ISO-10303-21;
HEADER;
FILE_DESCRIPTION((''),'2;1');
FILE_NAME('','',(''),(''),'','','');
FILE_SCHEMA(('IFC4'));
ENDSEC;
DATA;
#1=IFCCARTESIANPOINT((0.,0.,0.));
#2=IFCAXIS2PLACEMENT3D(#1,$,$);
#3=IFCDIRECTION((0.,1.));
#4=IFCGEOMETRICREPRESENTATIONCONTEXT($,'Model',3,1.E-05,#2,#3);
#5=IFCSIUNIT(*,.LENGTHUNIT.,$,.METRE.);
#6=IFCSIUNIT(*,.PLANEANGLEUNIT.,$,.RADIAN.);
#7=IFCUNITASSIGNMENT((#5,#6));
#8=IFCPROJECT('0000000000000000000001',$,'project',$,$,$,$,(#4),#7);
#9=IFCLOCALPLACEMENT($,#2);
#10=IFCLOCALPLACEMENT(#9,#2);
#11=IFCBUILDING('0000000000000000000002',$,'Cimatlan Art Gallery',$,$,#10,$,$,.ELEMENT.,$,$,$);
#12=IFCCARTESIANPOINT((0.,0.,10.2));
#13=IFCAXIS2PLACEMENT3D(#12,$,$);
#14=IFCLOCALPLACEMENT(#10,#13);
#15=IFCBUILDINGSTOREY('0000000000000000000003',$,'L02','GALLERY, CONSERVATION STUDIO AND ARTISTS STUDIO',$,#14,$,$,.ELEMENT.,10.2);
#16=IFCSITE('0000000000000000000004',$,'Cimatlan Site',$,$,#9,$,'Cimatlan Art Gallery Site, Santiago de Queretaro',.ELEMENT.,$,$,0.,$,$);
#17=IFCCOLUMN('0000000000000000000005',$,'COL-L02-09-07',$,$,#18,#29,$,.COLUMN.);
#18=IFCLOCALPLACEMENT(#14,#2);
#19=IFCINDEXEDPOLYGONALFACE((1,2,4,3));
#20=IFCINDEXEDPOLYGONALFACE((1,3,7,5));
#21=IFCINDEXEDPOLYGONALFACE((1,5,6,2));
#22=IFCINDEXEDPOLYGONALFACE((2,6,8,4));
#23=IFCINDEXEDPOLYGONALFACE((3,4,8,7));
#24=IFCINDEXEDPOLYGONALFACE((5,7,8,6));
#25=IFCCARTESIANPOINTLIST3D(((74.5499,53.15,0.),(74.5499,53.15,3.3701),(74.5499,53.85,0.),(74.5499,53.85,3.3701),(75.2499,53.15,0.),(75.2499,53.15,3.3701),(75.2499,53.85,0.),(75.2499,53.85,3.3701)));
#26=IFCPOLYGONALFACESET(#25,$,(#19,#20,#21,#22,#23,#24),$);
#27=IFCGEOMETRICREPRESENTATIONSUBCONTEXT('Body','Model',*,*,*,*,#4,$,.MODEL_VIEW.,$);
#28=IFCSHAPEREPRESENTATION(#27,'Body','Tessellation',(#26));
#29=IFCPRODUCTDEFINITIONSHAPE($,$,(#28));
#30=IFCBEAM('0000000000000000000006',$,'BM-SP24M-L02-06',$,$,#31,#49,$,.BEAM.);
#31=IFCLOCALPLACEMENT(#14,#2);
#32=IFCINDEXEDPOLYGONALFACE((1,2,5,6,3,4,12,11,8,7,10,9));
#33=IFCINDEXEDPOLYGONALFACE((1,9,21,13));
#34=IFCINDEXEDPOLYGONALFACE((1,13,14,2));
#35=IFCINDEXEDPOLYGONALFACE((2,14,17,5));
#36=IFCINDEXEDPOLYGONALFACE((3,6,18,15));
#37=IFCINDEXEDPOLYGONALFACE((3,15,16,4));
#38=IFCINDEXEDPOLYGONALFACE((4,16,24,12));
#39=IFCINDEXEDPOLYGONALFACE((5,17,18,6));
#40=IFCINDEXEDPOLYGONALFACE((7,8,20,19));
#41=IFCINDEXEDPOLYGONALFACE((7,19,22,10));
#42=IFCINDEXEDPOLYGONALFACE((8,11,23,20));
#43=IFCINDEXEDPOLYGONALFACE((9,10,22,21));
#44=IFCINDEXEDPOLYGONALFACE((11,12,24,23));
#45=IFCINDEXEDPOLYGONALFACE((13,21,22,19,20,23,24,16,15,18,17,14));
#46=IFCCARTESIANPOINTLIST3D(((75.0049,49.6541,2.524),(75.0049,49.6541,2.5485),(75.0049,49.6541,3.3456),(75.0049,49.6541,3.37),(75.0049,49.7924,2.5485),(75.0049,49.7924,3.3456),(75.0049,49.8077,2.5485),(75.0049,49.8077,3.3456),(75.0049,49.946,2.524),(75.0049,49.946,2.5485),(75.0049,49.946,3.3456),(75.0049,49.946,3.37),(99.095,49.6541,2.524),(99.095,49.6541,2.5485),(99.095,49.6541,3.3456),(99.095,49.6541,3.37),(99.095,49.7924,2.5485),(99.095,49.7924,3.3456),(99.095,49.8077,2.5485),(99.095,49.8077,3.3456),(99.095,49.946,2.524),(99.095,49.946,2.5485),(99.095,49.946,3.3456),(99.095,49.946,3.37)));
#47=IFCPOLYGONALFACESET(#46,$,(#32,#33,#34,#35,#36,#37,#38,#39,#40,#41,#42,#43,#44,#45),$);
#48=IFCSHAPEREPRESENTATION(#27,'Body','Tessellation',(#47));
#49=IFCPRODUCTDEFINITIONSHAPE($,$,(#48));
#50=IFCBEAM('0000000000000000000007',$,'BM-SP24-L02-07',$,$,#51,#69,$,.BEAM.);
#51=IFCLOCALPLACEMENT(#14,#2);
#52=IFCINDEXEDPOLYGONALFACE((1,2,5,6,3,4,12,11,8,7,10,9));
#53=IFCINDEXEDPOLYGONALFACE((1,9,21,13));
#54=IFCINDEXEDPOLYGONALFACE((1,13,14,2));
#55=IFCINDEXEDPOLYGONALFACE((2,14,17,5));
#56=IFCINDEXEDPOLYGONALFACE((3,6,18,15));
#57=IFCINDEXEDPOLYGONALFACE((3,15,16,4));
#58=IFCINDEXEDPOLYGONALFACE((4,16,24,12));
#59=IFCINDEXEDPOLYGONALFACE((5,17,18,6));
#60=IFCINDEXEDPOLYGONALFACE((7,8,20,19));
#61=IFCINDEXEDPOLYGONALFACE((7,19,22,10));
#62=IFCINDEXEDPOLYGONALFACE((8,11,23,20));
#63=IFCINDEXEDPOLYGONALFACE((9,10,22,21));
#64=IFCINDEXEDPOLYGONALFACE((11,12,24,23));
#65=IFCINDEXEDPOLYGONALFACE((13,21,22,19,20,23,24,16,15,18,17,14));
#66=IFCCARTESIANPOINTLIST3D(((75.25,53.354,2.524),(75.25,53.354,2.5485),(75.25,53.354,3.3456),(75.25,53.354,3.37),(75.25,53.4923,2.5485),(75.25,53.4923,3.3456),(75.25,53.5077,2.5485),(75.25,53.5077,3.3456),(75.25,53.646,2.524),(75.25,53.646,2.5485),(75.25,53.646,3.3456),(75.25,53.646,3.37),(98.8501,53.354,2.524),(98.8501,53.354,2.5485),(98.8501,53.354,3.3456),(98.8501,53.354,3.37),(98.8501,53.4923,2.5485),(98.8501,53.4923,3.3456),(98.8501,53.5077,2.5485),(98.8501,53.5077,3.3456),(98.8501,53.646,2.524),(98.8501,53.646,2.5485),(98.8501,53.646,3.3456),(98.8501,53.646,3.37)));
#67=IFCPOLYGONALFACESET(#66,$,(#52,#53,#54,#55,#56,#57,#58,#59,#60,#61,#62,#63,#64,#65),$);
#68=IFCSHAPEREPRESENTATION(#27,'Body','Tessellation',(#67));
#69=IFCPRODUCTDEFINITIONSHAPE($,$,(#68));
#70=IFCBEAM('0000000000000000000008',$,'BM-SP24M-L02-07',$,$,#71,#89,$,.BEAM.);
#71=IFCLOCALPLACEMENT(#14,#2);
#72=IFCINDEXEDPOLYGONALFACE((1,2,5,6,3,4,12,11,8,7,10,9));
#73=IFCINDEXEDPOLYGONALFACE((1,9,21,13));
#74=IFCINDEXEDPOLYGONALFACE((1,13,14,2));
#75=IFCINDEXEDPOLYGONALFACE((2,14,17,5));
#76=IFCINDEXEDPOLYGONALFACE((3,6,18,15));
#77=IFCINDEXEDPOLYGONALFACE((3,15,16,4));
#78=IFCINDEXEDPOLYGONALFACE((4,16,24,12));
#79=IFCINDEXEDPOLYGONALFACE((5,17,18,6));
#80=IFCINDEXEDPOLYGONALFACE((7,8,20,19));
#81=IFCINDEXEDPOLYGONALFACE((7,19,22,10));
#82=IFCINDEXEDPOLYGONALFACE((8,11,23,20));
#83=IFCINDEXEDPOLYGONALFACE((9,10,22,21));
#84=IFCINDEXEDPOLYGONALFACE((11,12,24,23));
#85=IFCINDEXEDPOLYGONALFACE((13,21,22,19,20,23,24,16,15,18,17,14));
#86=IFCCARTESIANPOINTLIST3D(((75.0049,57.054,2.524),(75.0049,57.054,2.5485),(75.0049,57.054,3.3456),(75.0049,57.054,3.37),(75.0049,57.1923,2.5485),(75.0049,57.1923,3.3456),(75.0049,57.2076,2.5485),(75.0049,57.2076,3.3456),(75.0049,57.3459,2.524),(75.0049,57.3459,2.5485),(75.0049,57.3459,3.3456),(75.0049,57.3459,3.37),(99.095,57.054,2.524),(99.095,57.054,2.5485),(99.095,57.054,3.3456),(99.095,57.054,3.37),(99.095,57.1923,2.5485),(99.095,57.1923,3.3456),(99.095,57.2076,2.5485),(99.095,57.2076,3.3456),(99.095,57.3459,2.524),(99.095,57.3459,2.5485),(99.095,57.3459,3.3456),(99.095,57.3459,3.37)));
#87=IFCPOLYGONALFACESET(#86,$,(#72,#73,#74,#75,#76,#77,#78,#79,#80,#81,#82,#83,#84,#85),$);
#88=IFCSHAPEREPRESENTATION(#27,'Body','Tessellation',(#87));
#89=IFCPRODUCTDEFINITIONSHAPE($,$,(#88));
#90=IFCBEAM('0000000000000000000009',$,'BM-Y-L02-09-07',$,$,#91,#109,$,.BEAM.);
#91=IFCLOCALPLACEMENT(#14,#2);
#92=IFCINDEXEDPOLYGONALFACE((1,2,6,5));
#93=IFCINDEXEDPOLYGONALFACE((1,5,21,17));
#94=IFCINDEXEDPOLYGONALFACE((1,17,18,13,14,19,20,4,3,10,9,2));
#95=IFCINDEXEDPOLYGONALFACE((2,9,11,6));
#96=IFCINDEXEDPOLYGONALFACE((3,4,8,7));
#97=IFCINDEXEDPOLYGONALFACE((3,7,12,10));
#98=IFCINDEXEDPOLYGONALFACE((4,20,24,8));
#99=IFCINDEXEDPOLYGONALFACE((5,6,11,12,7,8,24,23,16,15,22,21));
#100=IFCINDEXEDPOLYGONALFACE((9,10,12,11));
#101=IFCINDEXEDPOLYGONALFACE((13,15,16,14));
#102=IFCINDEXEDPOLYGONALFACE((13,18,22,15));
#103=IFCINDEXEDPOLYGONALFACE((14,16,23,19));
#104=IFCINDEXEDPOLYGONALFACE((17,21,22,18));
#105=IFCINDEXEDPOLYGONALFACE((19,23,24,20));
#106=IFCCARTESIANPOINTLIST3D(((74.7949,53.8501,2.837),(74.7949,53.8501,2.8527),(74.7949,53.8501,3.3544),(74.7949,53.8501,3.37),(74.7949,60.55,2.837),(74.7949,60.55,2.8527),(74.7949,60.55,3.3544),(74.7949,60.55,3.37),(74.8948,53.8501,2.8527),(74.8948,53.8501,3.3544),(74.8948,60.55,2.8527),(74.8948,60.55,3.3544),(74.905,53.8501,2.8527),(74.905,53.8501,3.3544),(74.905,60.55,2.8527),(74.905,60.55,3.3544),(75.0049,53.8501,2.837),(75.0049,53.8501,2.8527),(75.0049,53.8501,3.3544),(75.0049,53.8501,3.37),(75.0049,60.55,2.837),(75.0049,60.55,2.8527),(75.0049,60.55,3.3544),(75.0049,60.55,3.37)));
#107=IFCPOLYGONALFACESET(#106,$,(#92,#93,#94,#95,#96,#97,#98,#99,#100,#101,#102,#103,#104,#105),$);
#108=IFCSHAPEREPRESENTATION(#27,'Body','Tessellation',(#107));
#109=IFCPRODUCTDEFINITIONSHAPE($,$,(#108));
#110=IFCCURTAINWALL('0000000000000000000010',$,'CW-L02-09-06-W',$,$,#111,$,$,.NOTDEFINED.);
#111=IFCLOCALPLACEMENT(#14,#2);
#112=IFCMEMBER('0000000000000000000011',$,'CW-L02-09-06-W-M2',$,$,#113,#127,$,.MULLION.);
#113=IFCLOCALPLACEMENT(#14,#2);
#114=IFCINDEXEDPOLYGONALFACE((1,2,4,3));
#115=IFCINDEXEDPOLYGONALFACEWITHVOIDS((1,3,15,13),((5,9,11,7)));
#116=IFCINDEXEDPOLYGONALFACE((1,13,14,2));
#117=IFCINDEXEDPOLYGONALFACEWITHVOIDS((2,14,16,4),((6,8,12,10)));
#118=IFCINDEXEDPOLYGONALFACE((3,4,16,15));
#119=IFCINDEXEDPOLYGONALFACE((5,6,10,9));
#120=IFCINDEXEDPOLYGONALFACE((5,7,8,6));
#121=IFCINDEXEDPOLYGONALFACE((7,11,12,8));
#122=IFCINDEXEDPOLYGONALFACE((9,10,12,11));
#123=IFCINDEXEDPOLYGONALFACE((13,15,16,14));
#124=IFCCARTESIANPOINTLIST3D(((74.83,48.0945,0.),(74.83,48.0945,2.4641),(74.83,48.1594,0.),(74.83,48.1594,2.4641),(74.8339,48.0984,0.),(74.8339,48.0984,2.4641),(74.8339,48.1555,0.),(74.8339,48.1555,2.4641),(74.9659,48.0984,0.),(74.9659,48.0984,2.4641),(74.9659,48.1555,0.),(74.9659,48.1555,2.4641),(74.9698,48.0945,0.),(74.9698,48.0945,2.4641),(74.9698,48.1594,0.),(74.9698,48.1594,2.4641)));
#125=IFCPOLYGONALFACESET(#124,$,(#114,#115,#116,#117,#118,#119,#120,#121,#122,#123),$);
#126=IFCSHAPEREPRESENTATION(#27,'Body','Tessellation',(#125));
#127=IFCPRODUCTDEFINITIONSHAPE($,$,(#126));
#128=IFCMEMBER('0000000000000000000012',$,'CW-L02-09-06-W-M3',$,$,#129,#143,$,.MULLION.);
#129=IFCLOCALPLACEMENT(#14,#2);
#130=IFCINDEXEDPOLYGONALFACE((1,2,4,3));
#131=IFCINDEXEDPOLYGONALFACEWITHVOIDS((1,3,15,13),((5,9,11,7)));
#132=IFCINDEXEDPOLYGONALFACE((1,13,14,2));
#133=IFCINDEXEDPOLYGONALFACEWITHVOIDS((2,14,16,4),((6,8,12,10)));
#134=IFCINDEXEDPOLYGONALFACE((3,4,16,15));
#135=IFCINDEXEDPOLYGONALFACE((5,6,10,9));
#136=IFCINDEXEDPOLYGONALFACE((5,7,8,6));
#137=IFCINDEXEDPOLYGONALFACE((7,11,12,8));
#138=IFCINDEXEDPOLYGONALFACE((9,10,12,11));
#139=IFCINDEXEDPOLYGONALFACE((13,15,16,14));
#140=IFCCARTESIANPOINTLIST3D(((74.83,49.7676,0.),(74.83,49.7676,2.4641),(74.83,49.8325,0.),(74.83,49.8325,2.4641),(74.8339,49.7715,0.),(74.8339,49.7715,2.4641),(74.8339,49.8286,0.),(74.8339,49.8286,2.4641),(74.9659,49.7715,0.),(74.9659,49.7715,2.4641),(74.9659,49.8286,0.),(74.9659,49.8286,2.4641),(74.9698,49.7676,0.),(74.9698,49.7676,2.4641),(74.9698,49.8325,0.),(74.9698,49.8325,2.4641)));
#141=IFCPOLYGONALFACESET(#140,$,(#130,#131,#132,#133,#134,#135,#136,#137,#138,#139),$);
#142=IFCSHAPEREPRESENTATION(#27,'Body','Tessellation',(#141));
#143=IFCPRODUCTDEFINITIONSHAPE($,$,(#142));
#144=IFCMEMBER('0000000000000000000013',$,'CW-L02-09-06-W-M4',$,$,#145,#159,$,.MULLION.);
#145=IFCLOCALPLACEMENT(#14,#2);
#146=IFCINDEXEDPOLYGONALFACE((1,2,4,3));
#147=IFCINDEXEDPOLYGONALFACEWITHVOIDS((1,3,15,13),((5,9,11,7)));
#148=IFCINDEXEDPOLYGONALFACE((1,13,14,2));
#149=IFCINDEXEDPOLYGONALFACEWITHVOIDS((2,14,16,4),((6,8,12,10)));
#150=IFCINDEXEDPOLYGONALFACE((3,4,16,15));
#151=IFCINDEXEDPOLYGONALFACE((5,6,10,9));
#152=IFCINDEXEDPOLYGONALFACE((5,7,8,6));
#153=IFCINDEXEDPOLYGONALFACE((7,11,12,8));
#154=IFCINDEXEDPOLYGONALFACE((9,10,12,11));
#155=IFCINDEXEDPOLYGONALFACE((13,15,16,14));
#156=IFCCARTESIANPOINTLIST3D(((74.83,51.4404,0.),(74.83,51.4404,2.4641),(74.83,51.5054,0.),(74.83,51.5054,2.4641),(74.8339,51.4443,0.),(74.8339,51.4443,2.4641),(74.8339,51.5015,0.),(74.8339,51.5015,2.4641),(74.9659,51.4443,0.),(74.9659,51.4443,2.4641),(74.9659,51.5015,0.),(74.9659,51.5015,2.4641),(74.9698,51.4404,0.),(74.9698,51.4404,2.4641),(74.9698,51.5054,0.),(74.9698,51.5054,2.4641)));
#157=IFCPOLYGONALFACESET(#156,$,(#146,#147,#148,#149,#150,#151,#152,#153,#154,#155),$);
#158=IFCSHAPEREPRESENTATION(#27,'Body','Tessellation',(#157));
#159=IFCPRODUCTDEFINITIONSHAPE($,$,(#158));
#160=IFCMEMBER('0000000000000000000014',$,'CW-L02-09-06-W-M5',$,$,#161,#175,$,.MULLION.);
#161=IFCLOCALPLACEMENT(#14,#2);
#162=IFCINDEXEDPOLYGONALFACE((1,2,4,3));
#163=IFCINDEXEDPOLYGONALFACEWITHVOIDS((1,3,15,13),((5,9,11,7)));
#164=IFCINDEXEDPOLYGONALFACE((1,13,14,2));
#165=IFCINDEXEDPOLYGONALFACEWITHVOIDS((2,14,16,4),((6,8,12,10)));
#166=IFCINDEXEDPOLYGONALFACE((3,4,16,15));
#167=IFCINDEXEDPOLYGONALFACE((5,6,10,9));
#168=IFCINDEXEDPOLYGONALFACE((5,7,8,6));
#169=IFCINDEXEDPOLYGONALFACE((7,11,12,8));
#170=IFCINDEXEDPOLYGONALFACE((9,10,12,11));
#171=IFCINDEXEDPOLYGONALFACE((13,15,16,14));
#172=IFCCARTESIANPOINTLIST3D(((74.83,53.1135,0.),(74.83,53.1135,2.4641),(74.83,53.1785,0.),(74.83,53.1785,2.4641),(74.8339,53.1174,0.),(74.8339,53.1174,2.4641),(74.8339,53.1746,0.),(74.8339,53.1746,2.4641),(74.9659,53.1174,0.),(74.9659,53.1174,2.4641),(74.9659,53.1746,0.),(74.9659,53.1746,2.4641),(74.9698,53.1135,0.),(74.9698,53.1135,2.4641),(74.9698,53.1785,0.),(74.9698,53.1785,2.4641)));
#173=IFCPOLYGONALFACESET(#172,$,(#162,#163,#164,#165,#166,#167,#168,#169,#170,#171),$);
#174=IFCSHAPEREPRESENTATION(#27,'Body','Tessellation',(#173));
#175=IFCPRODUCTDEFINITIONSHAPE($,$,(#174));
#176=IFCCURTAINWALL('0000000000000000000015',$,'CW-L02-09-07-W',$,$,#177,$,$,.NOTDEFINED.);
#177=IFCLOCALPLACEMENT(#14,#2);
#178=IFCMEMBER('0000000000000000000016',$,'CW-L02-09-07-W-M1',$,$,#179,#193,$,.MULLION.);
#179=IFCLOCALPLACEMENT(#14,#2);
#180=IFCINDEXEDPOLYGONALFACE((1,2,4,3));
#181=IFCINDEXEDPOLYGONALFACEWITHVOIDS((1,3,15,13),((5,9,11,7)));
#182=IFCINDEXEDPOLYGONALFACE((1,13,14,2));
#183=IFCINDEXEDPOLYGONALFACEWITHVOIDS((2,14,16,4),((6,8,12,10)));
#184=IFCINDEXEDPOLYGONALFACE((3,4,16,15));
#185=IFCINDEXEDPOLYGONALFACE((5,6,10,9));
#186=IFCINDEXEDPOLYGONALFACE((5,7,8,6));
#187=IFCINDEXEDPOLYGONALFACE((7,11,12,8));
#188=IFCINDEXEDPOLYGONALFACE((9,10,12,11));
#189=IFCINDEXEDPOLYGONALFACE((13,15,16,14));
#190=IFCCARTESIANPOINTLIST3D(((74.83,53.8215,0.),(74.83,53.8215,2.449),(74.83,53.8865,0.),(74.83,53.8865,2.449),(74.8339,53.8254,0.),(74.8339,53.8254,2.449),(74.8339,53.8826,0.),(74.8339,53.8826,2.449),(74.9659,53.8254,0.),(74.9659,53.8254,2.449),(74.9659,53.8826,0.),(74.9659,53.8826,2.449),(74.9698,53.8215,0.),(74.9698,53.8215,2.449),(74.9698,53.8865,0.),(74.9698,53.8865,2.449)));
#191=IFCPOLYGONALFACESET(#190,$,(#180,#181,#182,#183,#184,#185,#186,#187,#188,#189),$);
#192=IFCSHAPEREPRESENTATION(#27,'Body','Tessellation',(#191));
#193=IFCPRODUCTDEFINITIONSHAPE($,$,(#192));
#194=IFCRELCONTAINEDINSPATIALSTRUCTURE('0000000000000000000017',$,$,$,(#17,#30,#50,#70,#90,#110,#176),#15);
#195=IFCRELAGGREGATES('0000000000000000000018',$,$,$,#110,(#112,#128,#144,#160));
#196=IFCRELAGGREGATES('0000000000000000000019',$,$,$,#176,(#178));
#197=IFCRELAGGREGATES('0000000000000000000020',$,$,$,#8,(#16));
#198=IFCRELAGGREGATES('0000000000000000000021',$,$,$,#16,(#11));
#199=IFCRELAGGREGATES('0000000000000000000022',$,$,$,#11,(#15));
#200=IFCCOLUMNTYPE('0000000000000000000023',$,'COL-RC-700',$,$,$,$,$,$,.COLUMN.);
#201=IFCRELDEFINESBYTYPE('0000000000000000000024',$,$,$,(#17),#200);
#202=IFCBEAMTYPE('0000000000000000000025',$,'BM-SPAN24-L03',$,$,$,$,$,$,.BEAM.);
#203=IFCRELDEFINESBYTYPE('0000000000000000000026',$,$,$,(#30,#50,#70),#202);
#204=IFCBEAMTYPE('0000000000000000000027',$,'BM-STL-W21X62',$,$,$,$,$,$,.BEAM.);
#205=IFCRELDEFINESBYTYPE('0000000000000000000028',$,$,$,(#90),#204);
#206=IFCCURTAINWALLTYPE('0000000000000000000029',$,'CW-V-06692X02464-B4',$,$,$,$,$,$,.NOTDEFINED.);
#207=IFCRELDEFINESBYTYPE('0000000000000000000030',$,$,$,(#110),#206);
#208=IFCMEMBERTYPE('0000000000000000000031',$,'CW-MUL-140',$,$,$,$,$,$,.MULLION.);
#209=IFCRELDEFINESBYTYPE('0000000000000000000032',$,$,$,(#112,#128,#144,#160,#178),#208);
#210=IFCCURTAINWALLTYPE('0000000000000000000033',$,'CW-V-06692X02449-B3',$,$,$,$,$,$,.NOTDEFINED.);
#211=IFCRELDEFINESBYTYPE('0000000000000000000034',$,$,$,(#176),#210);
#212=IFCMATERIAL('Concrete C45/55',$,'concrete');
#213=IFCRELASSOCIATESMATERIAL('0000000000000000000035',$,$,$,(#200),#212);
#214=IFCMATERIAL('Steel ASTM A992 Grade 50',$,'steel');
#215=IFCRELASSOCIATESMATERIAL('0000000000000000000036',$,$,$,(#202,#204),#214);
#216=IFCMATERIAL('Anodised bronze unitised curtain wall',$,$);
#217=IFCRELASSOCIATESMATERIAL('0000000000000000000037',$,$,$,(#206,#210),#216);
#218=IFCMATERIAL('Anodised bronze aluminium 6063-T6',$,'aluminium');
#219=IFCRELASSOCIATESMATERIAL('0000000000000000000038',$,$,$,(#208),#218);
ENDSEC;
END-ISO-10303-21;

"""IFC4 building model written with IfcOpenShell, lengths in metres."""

from ifc_helpers import new_model, si_unit, direction, frame, origin, origin_2d, place, context, subcontext, project, spatial, rectangle, hollow_rectangle, i_section, extrude, material, material_profile, profile_set, type_object, element, aggregate, save


model = new_model("IFC4")

# Units and contexts
model_context = context("Model", 3, precision=1e-05, world=origin(), true_north=direction((0.0, 1.0)))
body_context = subcontext(model_context, "Body", "Model", "MODEL_VIEW")
ifc_project = project(units=[si_unit("LENGTHUNIT", "METRE"), si_unit("PLANEANGLEUNIT", "RADIAN")], contexts=[model_context])

# Site, building, storey
site_placement = place(None, origin())
site = spatial("IfcSite", under=ifc_project, at=site_placement, Name="Cimatlan Site", LongName="Cimatlan Art Gallery Site, Santiago de Queretaro", CompositionType="ELEMENT", RefElevation=0.0)
building_placement = place(site_placement, origin())
building = spatial("IfcBuilding", under=site, at=building_placement, Name="Cimatlan Art Gallery", CompositionType="ELEMENT")
storey_placement = place(building_placement, frame((0.0, 0.0, 10.2)))
storey = spatial("IfcBuildingStorey", under=building, at=storey_placement, Name="L02", Description="GALLERY, CONSERVATION STUDIO AND ARTISTS STUDIO", CompositionType="ELEMENT", Elevation=10.2)

# Column
ifc_material_1 = material(Name="Concrete C45/55", Category="concrete")
ifc_material_profile_1 = material_profile(ifc_material_1, rectangle(XDim=0.7, YDim=0.7, at=origin_2d()), Name="RC700X700")
ifc_profile_set_1 = profile_set([ifc_material_profile_1], Name="Concrete C45/55")
column_type = type_object("IfcColumnType", Name="COL-RC-700", PredefinedType="COLUMN", material=ifc_profile_set_1)
column_placement = place(storey_placement, frame((74.8999, 53.5, 0.0), z_axis=(0.0, 0.0, 1.0), x_axis=(1.0, 0.0, 0.0)))
element("IfcColumn", 1, at=column_placement, inside=storey, type_object=column_type, Name="COL-L02-09-07", PredefinedType="COLUMN", context=body_context, shape_type="SweptSolid", body=[
    extrude(rectangle(XDim=0.7, YDim=0.7, at=origin_2d()), origin(), (0.0, 0.0, 1.0), 3.3701),
])

# Beams
ifc_material_2 = material(Name="Steel ASTM A992 Grade 50", Category="steel")
ifc_material_profile_2 = material_profile(ifc_material_2, i_section(OverallWidth=0.292, OverallDepth=0.8459, WebThickness=0.0154, FlangeThickness=0.0244, at=origin_2d()), Name="W33X141")
ifc_profile_set_2 = profile_set([ifc_material_profile_2], Name="Steel ASTM A992 Grade 50")
beam_type_1 = type_object("IfcBeamType", Name="BM-SPAN24-L03", PredefinedType="BEAM", material=ifc_profile_set_2)
beam_1_placement = place(storey_placement, frame((75.0049, 49.8, 2.947), z_axis=(1.0, 0.0, 0.0), x_axis=(0.0, 1.0, 0.0)))
element("IfcBeam", 2, at=beam_1_placement, inside=storey, type_object=beam_type_1, Name="BM-SP24M-L02-06", PredefinedType="BEAM", context=body_context, shape_type="SweptSolid", body=[
    extrude(i_section(OverallWidth=0.292, OverallDepth=0.8459, WebThickness=0.0154, FlangeThickness=0.0244, at=origin_2d()), origin(), (0.0, 0.0, 1.0), 24.0901),
])
beam_2_placement = place(storey_placement, frame((75.25, 53.5, 2.947), z_axis=(1.0, 0.0, 0.0), x_axis=(0.0, 1.0, 0.0)))
element("IfcBeam", 3, at=beam_2_placement, inside=storey, type_object=beam_type_1, Name="BM-SP24-L02-07", PredefinedType="BEAM", context=body_context, shape_type="SweptSolid", body=[
    extrude(i_section(OverallWidth=0.292, OverallDepth=0.8459, WebThickness=0.0154, FlangeThickness=0.0244, at=origin_2d()), origin(), (0.0, 0.0, 1.0), 23.6001),
])
beam_3_placement = place(storey_placement, frame((75.0049, 57.2, 2.947), z_axis=(1.0, 0.0, 0.0), x_axis=(0.0, 1.0, 0.0)))
element("IfcBeam", 4, at=beam_3_placement, inside=storey, type_object=beam_type_1, Name="BM-SP24M-L02-07", PredefinedType="BEAM", context=body_context, shape_type="SweptSolid", body=[
    extrude(i_section(OverallWidth=0.292, OverallDepth=0.8459, WebThickness=0.0154, FlangeThickness=0.0244, at=origin_2d()), origin(), (0.0, 0.0, 1.0), 24.0901),
])
ifc_material_profile_3 = material_profile(ifc_material_2, i_section(OverallWidth=0.21, OverallDepth=0.533, WebThickness=0.0103, FlangeThickness=0.0156, at=origin_2d()), Name="W21X62")
ifc_profile_set_3 = profile_set([ifc_material_profile_3], Name="Steel ASTM A992 Grade 50")
beam_type_2 = type_object("IfcBeamType", Name="BM-STL-W21X62", PredefinedType="BEAM", material=ifc_profile_set_3)
beam_4_placement = place(storey_placement, frame((74.8999, 53.8501, 3.1035), z_axis=(0.0, 1.0, 0.0), x_axis=(-1.0, 0.0, 0.0)))
element("IfcBeam", 5, at=beam_4_placement, inside=storey, type_object=beam_type_2, Name="BM-Y-L02-09-07", PredefinedType="BEAM", context=body_context, shape_type="SweptSolid", body=[
    extrude(i_section(OverallWidth=0.21, OverallDepth=0.533, WebThickness=0.0103, FlangeThickness=0.0156, at=origin_2d()), origin(), (0.0, 0.0, 1.0), 6.7),
])

# Curtain walls, members
ifc_material_3 = material(Name="Anodised bronze unitised curtain wall")
curtain_wall_type_1 = type_object("IfcCurtainWallType", Name="CW-V-06692X02464-B4", PredefinedType="NOTDEFINED", material=ifc_material_3)
curtain_wall_1_placement = place(storey_placement, origin())
curtain_wall_1 = element("IfcCurtainWall", 6, at=curtain_wall_1_placement, inside=storey, type_object=curtain_wall_type_1, Name="CW-L02-09-06-W", PredefinedType="NOTDEFINED")
ifc_material_4 = material(Name="Anodised bronze aluminium 6063-T6", Category="aluminium")
ifc_material_profile_4 = material_profile(ifc_material_4, hollow_rectangle(XDim=0.0649, YDim=0.1399, WallThickness=0.0039, at=origin_2d()), Name="ALU65X140X4")
ifc_profile_set_4 = profile_set([ifc_material_profile_4], Name="Anodised bronze aluminium 6063-T6")
member_type_1 = type_object("IfcMemberType", Name="CW-MUL-140", PredefinedType="MULLION", material=ifc_profile_set_4)
member_1_placement = place(storey_placement, frame((74.8999, 48.127, 0.0), z_axis=(0.0, 0.0, 1.0), x_axis=(0.0, 1.0, 0.0)))
member_1 = element("IfcMember", 7, at=member_1_placement, type_object=member_type_1, Name="CW-L02-09-06-W-M2", PredefinedType="MULLION", context=body_context, shape_type="SweptSolid", body=[
    extrude(hollow_rectangle(XDim=0.0649, YDim=0.1399, WallThickness=0.0039, at=origin_2d()), origin(), (0.0, 0.0, 1.0), 2.4641),
])
member_2_placement = place(storey_placement, frame((74.8999, 49.8, 0.0), z_axis=(0.0, 0.0, 1.0), x_axis=(0.0, 1.0, 0.0)))
member_2 = element("IfcMember", 8, at=member_2_placement, type_object=member_type_1, Name="CW-L02-09-06-W-M3", PredefinedType="MULLION", context=body_context, shape_type="SweptSolid", body=[
    extrude(hollow_rectangle(XDim=0.0649, YDim=0.1399, WallThickness=0.0039, at=origin_2d()), origin(), (0.0, 0.0, 1.0), 2.4641),
])
member_3_placement = place(storey_placement, frame((74.8999, 51.4729, 0.0), z_axis=(0.0, 0.0, 1.0), x_axis=(0.0, 1.0, 0.0)))
member_3 = element("IfcMember", 9, at=member_3_placement, type_object=member_type_1, Name="CW-L02-09-06-W-M4", PredefinedType="MULLION", context=body_context, shape_type="SweptSolid", body=[
    extrude(hollow_rectangle(XDim=0.0649, YDim=0.1399, WallThickness=0.0039, at=origin_2d()), origin(), (0.0, 0.0, 1.0), 2.4641),
])
member_4_placement = place(storey_placement, frame((74.8999, 53.146, 0.0), z_axis=(0.0, 0.0, 1.0), x_axis=(0.0, 1.0, 0.0)))
member_4 = element("IfcMember", 10, at=member_4_placement, type_object=member_type_1, Name="CW-L02-09-06-W-M5", PredefinedType="MULLION", context=body_context, shape_type="SweptSolid", body=[
    extrude(hollow_rectangle(XDim=0.0649, YDim=0.1399, WallThickness=0.0039, at=origin_2d()), origin(), (0.0, 0.0, 1.0), 2.4641),
])
curtain_wall_type_2 = type_object("IfcCurtainWallType", Name="CW-V-06692X02449-B3", PredefinedType="NOTDEFINED", material=ifc_material_3)
curtain_wall_2_placement = place(storey_placement, origin())
curtain_wall_2 = element("IfcCurtainWall", 11, at=curtain_wall_2_placement, inside=storey, type_object=curtain_wall_type_2, Name="CW-L02-09-07-W", PredefinedType="NOTDEFINED")
member_5_placement = place(storey_placement, frame((74.8999, 53.854, 0.0), z_axis=(0.0, 0.0, 1.0), x_axis=(0.0, 1.0, 0.0)))
member_5 = element("IfcMember", 12, at=member_5_placement, type_object=member_type_1, Name="CW-L02-09-07-W-M1", PredefinedType="MULLION", context=body_context, shape_type="SweptSolid", body=[
    extrude(hollow_rectangle(XDim=0.0649, YDim=0.1399, WallThickness=0.0039, at=origin_2d()), origin(), (0.0, 0.0, 1.0), 2.449),
])

aggregate(curtain_wall_1, [member_1, member_2, member_3, member_4])
aggregate(curtain_wall_2, [member_5])

save(model, "model.ifc")
